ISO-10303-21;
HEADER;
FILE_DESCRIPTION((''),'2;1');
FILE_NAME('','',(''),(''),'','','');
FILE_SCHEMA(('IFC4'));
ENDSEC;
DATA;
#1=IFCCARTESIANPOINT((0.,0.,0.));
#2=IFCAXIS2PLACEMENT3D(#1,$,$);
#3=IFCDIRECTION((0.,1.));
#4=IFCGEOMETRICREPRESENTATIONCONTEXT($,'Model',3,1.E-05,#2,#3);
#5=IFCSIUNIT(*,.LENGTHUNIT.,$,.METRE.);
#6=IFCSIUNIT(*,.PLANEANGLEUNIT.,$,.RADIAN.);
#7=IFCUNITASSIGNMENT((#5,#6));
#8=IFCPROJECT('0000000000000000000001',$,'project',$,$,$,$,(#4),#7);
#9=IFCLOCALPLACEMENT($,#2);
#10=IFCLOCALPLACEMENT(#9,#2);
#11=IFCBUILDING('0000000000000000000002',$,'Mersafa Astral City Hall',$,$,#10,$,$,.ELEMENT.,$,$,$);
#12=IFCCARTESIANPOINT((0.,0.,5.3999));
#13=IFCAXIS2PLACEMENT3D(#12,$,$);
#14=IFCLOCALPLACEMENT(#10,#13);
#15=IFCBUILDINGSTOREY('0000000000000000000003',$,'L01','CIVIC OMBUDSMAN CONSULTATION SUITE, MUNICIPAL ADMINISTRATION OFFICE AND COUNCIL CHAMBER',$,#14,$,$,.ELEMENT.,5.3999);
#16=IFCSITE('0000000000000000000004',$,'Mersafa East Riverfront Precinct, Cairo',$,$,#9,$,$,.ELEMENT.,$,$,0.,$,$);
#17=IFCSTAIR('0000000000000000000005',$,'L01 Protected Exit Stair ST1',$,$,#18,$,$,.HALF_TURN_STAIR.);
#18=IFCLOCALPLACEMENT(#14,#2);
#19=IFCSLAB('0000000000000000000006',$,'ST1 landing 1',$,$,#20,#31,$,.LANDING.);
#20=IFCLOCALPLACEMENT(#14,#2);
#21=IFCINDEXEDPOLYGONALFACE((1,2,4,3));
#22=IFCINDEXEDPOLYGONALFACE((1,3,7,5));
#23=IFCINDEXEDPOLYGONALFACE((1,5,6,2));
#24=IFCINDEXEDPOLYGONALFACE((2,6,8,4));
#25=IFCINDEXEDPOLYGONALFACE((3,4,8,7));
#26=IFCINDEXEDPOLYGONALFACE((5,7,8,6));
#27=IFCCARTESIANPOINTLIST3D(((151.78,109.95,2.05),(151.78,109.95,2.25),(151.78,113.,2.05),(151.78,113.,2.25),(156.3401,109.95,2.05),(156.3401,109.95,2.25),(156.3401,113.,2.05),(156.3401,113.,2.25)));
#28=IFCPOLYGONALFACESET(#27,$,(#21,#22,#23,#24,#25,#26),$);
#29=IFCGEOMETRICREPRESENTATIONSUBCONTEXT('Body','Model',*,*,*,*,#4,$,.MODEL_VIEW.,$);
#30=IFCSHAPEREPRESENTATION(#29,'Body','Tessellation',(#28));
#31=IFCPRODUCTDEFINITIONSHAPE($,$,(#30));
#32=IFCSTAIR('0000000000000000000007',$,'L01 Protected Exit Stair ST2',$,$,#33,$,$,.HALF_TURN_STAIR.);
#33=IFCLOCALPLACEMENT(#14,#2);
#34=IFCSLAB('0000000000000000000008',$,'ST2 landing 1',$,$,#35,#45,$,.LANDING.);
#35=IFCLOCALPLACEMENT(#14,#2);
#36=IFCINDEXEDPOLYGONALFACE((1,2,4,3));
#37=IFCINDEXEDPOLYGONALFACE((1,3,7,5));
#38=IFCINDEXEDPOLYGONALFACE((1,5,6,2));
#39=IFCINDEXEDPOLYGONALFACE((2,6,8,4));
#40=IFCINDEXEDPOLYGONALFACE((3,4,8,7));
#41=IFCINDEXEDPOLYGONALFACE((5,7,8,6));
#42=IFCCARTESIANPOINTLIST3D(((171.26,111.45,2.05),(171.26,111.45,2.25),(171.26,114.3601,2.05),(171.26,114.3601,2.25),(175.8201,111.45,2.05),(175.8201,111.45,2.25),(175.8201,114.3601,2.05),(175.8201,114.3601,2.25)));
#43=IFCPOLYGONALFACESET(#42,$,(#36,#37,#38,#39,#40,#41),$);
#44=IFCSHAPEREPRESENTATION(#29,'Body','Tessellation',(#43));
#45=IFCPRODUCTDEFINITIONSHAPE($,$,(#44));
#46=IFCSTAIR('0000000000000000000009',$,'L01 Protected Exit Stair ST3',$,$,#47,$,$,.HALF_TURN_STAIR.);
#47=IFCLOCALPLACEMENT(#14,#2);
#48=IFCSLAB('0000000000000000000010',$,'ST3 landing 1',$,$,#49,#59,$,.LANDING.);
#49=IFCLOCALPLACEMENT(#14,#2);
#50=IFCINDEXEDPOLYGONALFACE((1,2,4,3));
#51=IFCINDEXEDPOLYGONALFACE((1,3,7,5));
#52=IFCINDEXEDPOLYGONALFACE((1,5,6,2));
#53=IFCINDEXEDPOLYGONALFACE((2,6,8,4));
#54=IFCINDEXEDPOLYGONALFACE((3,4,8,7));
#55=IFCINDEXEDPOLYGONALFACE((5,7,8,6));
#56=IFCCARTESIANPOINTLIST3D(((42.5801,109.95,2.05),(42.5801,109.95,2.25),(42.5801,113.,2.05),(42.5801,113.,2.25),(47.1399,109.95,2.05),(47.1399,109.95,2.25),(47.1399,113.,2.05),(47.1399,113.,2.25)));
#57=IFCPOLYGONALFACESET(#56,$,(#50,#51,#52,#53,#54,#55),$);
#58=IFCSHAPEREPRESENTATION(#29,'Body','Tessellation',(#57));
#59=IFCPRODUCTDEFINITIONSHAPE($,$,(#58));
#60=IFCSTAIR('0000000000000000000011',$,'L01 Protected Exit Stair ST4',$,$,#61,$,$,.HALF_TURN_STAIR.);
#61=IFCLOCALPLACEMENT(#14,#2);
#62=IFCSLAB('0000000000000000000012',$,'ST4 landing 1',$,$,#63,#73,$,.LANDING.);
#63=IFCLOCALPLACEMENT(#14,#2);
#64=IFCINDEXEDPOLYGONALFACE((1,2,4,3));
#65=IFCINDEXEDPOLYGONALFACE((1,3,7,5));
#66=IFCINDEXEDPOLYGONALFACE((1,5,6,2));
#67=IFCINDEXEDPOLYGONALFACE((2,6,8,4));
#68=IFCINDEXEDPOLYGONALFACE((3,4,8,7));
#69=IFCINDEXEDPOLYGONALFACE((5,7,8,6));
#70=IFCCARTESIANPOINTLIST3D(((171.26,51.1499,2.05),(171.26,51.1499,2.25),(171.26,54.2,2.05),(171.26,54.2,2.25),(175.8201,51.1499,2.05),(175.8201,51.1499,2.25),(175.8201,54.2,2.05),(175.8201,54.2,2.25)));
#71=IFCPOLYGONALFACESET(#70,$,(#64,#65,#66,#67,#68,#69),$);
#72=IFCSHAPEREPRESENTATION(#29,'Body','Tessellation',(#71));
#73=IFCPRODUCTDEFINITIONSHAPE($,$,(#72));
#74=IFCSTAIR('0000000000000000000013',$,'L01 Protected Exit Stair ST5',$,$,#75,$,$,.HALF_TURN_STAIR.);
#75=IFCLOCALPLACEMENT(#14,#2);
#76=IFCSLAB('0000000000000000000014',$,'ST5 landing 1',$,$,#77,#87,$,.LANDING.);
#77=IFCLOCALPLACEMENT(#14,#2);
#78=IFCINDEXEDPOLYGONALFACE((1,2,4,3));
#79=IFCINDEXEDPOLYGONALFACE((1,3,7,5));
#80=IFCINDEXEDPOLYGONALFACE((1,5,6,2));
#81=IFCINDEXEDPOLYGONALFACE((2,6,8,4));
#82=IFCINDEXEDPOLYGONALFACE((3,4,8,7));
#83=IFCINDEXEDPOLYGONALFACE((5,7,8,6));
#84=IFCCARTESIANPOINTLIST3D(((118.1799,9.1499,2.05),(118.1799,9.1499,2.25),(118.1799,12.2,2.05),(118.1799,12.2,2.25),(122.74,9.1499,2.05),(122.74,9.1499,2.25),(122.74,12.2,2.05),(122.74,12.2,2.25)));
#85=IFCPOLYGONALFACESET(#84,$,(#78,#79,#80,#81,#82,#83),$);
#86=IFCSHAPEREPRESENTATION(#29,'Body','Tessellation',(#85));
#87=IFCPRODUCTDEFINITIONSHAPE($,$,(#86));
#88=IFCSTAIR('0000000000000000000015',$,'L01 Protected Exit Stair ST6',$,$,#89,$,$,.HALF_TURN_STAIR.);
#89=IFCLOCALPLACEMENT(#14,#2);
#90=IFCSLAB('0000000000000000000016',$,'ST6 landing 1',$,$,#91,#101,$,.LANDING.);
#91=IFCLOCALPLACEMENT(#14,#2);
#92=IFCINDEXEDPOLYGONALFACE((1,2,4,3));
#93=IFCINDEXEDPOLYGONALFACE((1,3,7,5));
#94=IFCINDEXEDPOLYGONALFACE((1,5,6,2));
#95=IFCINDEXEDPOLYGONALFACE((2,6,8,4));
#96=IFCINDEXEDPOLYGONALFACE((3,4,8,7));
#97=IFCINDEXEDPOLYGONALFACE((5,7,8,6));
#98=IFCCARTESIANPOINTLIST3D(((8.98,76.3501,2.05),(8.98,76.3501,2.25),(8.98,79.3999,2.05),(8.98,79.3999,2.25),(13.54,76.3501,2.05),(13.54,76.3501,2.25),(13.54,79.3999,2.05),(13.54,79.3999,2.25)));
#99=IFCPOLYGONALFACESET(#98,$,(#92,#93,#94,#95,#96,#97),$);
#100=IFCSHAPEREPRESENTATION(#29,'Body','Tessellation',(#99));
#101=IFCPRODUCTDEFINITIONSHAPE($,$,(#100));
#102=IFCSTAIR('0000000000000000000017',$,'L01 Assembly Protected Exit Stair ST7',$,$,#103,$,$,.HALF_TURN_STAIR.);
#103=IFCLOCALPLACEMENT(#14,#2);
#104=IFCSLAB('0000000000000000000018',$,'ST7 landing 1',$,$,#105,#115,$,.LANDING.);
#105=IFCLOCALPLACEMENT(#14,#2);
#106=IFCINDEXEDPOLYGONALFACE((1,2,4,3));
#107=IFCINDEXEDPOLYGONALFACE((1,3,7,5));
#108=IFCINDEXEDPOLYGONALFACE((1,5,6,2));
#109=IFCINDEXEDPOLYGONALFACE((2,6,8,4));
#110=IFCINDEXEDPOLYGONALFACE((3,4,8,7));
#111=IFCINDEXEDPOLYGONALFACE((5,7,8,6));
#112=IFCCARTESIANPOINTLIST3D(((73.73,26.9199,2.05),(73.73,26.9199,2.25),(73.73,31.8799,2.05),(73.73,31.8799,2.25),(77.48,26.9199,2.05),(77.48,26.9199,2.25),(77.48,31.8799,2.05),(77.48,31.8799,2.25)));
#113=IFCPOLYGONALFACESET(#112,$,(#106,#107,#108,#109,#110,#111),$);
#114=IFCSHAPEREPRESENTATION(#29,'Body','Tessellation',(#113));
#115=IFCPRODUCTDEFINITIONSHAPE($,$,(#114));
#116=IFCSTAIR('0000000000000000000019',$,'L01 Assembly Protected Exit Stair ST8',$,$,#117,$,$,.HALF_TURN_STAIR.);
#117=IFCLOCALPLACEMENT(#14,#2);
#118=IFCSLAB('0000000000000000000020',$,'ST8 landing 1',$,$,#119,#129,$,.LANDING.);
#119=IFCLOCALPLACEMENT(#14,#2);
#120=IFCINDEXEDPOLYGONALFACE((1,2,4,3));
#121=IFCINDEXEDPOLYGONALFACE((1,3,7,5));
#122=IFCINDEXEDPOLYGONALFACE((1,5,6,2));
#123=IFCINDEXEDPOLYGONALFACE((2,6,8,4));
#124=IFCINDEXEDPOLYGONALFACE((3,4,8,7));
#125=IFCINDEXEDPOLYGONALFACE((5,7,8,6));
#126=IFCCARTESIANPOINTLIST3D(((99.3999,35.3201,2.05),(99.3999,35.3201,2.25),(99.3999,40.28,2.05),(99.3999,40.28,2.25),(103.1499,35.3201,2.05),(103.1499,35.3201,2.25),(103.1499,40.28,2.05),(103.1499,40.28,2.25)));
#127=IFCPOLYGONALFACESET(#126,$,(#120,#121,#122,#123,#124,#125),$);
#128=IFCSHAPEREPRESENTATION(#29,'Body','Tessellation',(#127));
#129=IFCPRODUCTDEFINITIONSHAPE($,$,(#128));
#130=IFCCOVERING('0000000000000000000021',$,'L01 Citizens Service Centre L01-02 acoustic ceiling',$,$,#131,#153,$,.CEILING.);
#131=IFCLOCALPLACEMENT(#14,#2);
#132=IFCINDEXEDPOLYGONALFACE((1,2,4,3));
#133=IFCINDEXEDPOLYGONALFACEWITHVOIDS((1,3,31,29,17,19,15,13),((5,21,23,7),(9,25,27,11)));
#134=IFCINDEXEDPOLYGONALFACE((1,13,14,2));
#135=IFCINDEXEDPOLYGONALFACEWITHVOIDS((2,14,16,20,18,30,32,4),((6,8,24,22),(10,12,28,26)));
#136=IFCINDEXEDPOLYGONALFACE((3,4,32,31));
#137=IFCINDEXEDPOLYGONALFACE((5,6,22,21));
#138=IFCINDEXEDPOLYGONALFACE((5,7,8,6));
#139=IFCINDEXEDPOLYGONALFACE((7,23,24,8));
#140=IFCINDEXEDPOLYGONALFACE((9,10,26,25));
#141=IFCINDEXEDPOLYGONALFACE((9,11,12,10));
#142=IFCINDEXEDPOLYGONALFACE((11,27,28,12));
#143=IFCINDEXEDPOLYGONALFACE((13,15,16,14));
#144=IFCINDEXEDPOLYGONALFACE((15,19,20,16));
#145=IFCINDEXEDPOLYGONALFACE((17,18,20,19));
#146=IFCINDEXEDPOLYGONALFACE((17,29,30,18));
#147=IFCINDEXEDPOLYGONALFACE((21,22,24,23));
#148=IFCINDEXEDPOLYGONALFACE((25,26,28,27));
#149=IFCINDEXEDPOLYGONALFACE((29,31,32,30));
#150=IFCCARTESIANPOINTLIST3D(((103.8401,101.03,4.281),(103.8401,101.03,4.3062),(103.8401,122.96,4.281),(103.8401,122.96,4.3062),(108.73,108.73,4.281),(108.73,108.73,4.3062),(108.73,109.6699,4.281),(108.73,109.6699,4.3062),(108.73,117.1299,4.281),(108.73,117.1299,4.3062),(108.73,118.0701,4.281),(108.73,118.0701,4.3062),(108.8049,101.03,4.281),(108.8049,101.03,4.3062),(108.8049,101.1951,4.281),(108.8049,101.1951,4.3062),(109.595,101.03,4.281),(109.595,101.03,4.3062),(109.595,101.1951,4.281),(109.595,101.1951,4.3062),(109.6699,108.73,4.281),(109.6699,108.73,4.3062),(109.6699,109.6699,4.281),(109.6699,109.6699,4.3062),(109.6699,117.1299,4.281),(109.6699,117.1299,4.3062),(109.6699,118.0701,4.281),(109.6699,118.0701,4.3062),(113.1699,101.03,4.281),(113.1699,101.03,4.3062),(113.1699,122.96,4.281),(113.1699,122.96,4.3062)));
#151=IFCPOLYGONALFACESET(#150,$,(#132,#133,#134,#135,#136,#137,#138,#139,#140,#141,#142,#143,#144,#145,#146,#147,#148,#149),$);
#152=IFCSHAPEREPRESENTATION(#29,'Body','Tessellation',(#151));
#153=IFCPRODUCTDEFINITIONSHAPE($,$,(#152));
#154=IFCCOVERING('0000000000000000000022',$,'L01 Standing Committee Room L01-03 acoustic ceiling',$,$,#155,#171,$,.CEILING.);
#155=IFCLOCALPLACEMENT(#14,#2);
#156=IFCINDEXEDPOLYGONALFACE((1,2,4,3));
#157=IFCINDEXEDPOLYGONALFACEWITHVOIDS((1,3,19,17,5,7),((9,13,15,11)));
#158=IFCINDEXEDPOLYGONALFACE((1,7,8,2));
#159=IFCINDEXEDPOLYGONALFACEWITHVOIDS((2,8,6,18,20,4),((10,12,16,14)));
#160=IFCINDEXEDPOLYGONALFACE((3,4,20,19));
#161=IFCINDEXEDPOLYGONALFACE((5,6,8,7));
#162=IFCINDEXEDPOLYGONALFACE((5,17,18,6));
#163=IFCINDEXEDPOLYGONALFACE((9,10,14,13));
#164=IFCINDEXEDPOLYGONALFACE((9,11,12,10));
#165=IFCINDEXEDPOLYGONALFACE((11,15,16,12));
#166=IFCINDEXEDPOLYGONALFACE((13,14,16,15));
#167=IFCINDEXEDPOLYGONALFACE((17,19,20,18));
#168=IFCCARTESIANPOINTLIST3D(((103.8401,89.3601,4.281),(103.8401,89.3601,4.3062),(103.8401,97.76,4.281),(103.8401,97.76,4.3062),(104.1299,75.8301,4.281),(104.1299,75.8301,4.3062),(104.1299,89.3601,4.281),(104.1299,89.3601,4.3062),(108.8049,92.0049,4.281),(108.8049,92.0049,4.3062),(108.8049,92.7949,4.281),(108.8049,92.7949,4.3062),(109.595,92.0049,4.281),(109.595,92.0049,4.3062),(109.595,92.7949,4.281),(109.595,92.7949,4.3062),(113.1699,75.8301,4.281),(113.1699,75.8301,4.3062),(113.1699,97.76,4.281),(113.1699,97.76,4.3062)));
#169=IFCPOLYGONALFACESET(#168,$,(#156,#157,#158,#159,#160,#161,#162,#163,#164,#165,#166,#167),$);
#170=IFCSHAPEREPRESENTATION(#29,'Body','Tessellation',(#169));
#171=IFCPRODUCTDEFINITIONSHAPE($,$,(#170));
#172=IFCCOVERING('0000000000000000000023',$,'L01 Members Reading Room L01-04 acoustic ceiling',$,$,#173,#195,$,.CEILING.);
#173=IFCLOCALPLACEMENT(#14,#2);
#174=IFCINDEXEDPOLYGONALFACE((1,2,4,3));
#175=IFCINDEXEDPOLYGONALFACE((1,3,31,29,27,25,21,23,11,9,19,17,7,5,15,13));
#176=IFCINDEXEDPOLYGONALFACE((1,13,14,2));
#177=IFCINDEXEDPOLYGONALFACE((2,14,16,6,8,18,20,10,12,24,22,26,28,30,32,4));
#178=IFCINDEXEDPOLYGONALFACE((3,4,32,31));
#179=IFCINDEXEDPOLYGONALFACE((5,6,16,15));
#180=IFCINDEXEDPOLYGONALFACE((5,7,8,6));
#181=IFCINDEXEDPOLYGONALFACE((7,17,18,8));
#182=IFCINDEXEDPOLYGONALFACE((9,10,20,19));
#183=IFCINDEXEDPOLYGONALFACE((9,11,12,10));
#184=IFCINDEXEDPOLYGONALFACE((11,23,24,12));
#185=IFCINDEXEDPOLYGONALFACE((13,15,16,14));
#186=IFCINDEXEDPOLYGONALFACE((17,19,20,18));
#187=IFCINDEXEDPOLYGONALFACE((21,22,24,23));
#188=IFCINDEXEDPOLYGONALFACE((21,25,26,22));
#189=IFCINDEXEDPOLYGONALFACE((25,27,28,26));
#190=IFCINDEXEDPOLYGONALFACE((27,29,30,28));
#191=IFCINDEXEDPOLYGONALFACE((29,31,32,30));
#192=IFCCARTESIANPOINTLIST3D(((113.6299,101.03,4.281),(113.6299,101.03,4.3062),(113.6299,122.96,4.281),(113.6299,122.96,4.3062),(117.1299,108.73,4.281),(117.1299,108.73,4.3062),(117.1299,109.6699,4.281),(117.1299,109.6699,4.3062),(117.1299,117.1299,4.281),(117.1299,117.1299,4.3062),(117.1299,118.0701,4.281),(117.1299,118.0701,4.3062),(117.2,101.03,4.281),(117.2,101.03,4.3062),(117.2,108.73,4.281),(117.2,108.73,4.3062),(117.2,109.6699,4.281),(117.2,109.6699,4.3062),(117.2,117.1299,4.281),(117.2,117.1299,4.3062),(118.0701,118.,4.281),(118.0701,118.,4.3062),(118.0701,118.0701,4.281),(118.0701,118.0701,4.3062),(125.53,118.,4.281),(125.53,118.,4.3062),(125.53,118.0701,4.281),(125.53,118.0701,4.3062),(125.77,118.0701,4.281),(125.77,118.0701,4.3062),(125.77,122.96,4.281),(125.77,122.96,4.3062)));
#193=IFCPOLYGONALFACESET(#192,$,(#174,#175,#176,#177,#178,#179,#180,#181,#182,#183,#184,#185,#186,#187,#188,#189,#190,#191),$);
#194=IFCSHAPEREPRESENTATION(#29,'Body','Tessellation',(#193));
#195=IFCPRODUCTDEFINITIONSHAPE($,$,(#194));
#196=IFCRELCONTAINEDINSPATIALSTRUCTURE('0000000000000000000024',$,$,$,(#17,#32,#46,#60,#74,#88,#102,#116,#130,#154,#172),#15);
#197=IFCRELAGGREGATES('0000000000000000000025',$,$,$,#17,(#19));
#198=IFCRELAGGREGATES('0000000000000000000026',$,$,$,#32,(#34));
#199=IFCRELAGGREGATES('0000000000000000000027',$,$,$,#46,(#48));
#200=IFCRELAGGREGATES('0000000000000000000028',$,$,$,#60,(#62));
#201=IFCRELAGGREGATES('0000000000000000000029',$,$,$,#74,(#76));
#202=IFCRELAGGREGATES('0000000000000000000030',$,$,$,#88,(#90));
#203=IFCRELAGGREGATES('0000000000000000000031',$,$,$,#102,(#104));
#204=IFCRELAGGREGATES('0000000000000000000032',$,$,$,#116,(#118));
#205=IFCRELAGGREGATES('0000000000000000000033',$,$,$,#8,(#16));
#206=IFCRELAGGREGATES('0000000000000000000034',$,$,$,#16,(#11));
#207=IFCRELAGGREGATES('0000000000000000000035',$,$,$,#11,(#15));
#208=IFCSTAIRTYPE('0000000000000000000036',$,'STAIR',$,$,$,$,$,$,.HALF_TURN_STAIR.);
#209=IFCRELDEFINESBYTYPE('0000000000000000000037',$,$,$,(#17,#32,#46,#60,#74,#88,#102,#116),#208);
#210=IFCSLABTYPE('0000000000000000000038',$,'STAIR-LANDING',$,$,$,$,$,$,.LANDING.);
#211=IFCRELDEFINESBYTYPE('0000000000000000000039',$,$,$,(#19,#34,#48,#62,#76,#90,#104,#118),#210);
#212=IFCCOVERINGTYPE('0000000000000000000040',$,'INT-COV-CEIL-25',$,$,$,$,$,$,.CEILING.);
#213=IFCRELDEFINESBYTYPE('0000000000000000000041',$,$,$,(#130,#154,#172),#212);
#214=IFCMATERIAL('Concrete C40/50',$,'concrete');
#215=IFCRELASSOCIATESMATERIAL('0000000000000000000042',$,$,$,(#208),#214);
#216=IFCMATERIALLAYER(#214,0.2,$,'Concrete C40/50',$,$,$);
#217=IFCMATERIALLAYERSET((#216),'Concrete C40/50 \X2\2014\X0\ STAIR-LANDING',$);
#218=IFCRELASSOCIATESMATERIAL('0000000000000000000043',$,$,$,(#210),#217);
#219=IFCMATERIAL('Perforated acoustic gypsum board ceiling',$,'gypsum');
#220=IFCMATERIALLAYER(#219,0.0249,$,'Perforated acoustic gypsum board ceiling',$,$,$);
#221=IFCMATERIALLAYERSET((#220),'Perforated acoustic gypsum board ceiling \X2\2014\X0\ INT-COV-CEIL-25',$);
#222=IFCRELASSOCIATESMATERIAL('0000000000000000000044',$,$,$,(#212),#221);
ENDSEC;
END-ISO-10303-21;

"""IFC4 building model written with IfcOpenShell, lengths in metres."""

from ifc_helpers import new_model, si_unit, direction, frame, origin, place, context, subcontext, project, spatial, polyline, outline, extrude, material, layer, layer_set, type_object, element, aggregate, save


model = new_model("IFC4")

# Units and contexts
model_context = context("Model", 3, precision=1e-05, world=origin(), true_north=direction((0.0, 1.0)))
body_context = subcontext(model_context, "Body", "Model", "MODEL_VIEW")
ifc_project = project(units=[si_unit("LENGTHUNIT", "METRE"), si_unit("PLANEANGLEUNIT", "RADIAN")], contexts=[model_context])

# Site, building, storey
site_placement = place(None, origin())
site = spatial("IfcSite", under=ifc_project, at=site_placement, Name="Mersafa East Riverfront Precinct, Cairo", CompositionType="ELEMENT", RefElevation=0.0)
building_placement = place(site_placement, origin())
building = spatial("IfcBuilding", under=site, at=building_placement, Name="Mersafa Astral City Hall", CompositionType="ELEMENT")
storey_placement = place(building_placement, frame((0.0, 0.0, 5.3999)))
storey = spatial("IfcBuildingStorey", under=building, at=storey_placement, Name="L01", Description="CIVIC OMBUDSMAN CONSULTATION SUITE, MUNICIPAL ADMINISTRATION OFFICE AND COUNCIL CHAMBER", CompositionType="ELEMENT", Elevation=5.3999)

# Stairs, slabs
ifc_material_1 = material(Name="Concrete C40/50", Category="concrete")
stair_type = type_object("IfcStairType", Name="STAIR", PredefinedType="HALF_TURN_STAIR", material=ifc_material_1)
stair_1_placement = place(storey_placement, origin())
stair_1 = element("IfcStair", 1, at=stair_1_placement, inside=storey, type_object=stair_type, Name="L01 Protected Exit Stair ST1", PredefinedType="HALF_TURN_STAIR")
ifc_layer_1 = layer(ifc_material_1, 0.2, Name="Concrete C40/50")
ifc_layer_set_1 = layer_set([ifc_layer_1], Name="Concrete C40/50 — STAIR-LANDING")
slab_type = type_object("IfcSlabType", Name="STAIR-LANDING", PredefinedType="LANDING", material=ifc_layer_set_1)
slab_1_placement = place(storey_placement, frame((0.0, 0.0, 2.05)))
slab_1 = element("IfcSlab", 2, at=slab_1_placement, type_object=slab_type, Name="ST1 landing 1", PredefinedType="LANDING", context=body_context, shape_type="SweptSolid", body=[
    extrude(outline(polyline([(151.78, 113.0), (151.78, 109.95), (156.3401, 109.95), (156.3401, 113.0), (151.78, 113.0)])), origin(), (0.0, 0.0, 1.0), 0.2),
])
aggregate(stair_1, [slab_1])
stair_2_placement = place(storey_placement, origin())
stair_2 = element("IfcStair", 3, at=stair_2_placement, inside=storey, type_object=stair_type, Name="L01 Protected Exit Stair ST2", PredefinedType="HALF_TURN_STAIR")
slab_2_placement = place(storey_placement, frame((0.0, 0.0, 2.05)))
slab_2 = element("IfcSlab", 4, at=slab_2_placement, type_object=slab_type, Name="ST2 landing 1", PredefinedType="LANDING", context=body_context, shape_type="SweptSolid", body=[
    extrude(outline(polyline([(171.26, 114.3601), (171.26, 111.45), (175.8201, 111.45), (175.8201, 114.3601), (171.26, 114.3601)])), origin(), (0.0, 0.0, 1.0), 0.2),
])
aggregate(stair_2, [slab_2])
stair_3_placement = place(storey_placement, origin())
stair_3 = element("IfcStair", 5, at=stair_3_placement, inside=storey, type_object=stair_type, Name="L01 Protected Exit Stair ST3", PredefinedType="HALF_TURN_STAIR")
slab_3_placement = place(storey_placement, frame((0.0, 0.0, 2.05)))
slab_3 = element("IfcSlab", 6, at=slab_3_placement, type_object=slab_type, Name="ST3 landing 1", PredefinedType="LANDING", context=body_context, shape_type="SweptSolid", body=[
    extrude(outline(polyline([(42.5801, 113.0), (42.5801, 109.95), (47.1399, 109.95), (47.1399, 113.0), (42.5801, 113.0)])), origin(), (0.0, 0.0, 1.0), 0.2),
])
aggregate(stair_3, [slab_3])
stair_4_placement = place(storey_placement, origin())
stair_4 = element("IfcStair", 7, at=stair_4_placement, inside=storey, type_object=stair_type, Name="L01 Protected Exit Stair ST4", PredefinedType="HALF_TURN_STAIR")
slab_4_placement = place(storey_placement, frame((0.0, 0.0, 2.05)))
slab_4 = element("IfcSlab", 8, at=slab_4_placement, type_object=slab_type, Name="ST4 landing 1", PredefinedType="LANDING", context=body_context, shape_type="SweptSolid", body=[
    extrude(outline(polyline([(171.26, 54.2), (171.26, 51.1499), (175.8201, 51.1499), (175.8201, 54.2), (171.26, 54.2)])), origin(), (0.0, 0.0, 1.0), 0.2),
])
aggregate(stair_4, [slab_4])
stair_5_placement = place(storey_placement, origin())
stair_5 = element("IfcStair", 9, at=stair_5_placement, inside=storey, type_object=stair_type, Name="L01 Protected Exit Stair ST5", PredefinedType="HALF_TURN_STAIR")
slab_5_placement = place(storey_placement, frame((0.0, 0.0, 2.05)))
slab_5 = element("IfcSlab", 10, at=slab_5_placement, type_object=slab_type, Name="ST5 landing 1", PredefinedType="LANDING", context=body_context, shape_type="SweptSolid", body=[
    extrude(outline(polyline([(118.1799, 12.2), (118.1799, 9.1499), (122.74, 9.1499), (122.74, 12.2), (118.1799, 12.2)])), origin(), (0.0, 0.0, 1.0), 0.2),
])
aggregate(stair_5, [slab_5])
stair_6_placement = place(storey_placement, origin())
stair_6 = element("IfcStair", 11, at=stair_6_placement, inside=storey, type_object=stair_type, Name="L01 Protected Exit Stair ST6", PredefinedType="HALF_TURN_STAIR")
slab_6_placement = place(storey_placement, frame((0.0, 0.0, 2.05)))
slab_6 = element("IfcSlab", 12, at=slab_6_placement, type_object=slab_type, Name="ST6 landing 1", PredefinedType="LANDING", context=body_context, shape_type="SweptSolid", body=[
    extrude(outline(polyline([(8.98, 79.3999), (8.98, 76.3501), (13.54, 76.3501), (13.54, 79.3999), (8.98, 79.3999)])), origin(), (0.0, 0.0, 1.0), 0.2),
])
aggregate(stair_6, [slab_6])
stair_7_placement = place(storey_placement, origin())
stair_7 = element("IfcStair", 13, at=stair_7_placement, inside=storey, type_object=stair_type, Name="L01 Assembly Protected Exit Stair ST7", PredefinedType="HALF_TURN_STAIR")
slab_7_placement = place(storey_placement, frame((0.0, 0.0, 2.05)))
slab_7 = element("IfcSlab", 14, at=slab_7_placement, type_object=slab_type, Name="ST7 landing 1", PredefinedType="LANDING", context=body_context, shape_type="SweptSolid", body=[
    extrude(outline(polyline([(73.73, 26.9199), (77.48, 26.9199), (77.48, 31.8799), (73.73, 31.8799), (73.73, 26.9199)])), origin(), (0.0, 0.0, 1.0), 0.2),
])
aggregate(stair_7, [slab_7])
stair_8_placement = place(storey_placement, origin())
stair_8 = element("IfcStair", 15, at=stair_8_placement, inside=storey, type_object=stair_type, Name="L01 Assembly Protected Exit Stair ST8", PredefinedType="HALF_TURN_STAIR")
slab_8_placement = place(storey_placement, frame((0.0, 0.0, 2.05)))
slab_8 = element("IfcSlab", 16, at=slab_8_placement, type_object=slab_type, Name="ST8 landing 1", PredefinedType="LANDING", context=body_context, shape_type="SweptSolid", body=[
    extrude(outline(polyline([(99.3999, 35.3201), (103.1499, 35.3201), (103.1499, 40.28), (99.3999, 40.28), (99.3999, 35.3201)])), origin(), (0.0, 0.0, 1.0), 0.2),
])
aggregate(stair_8, [slab_8])

# Coverings
ifc_material_2 = material(Name="Perforated acoustic gypsum board ceiling", Category="gypsum")
ifc_layer_2 = layer(ifc_material_2, 0.0249, Name="Perforated acoustic gypsum board ceiling")
ifc_layer_set_2 = layer_set([ifc_layer_2], Name="Perforated acoustic gypsum board ceiling — INT-COV-CEIL-25")
covering_type_1 = type_object("IfcCoveringType", Name="INT-COV-CEIL-25", PredefinedType="CEILING", material=ifc_layer_set_2)
covering_1_placement = place(storey_placement, frame((0.0, 0.0, 4.281)))
element("IfcCovering", 17, at=covering_1_placement, inside=storey, type_object=covering_type_1, Name="L01 Citizens Service Centre L01-02 acoustic ceiling", PredefinedType="CEILING", context=body_context, shape_type="SweptSolid", body=[
    extrude(outline(polyline([(113.1699, 101.03), (109.595, 101.03), (109.595, 101.1951), (108.8049, 101.1951), (108.8049, 101.03), (103.8401, 101.03), (103.8401, 122.96), (113.1699, 122.96), (113.1699, 101.03)]), holes=[polyline([(109.6699, 108.73), (109.6699, 109.6699), (108.73, 109.6699), (108.73, 108.73), (109.6699, 108.73)]), polyline([(108.73, 117.1299), (109.6699, 117.1299), (109.6699, 118.0701), (108.73, 118.0701), (108.73, 117.1299)])]), origin(), (0.0, 0.0, 1.0), 0.0251),
])
covering_2_placement = place(storey_placement, frame((0.0, 0.0, 4.281)))
element("IfcCovering", 18, at=covering_2_placement, inside=storey, type_object=covering_type_1, Name="L01 Standing Committee Room L01-03 acoustic ceiling", PredefinedType="CEILING", context=body_context, shape_type="SweptSolid", body=[
    extrude(outline(polyline([(103.8401, 97.76), (113.1699, 97.76), (113.1699, 75.8301), (104.1299, 75.8301), (104.1299, 89.3601), (103.8401, 89.3601), (103.8401, 97.76)]), holes=[polyline([(108.8049, 92.0049), (109.595, 92.0049), (109.595, 92.7949), (108.8049, 92.7949), (108.8049, 92.0049)])]), origin(), (0.0, 0.0, 1.0), 0.0251),
])
covering_3_placement = place(storey_placement, frame((0.0, 0.0, 4.281)))
element("IfcCovering", 19, at=covering_3_placement, inside=storey, type_object=covering_type_1, Name="L01 Members Reading Room L01-04 acoustic ceiling", PredefinedType="CEILING", context=body_context, shape_type="SweptSolid", body=[
    extrude(outline(polyline([(113.6299, 122.96), (125.77, 122.96), (125.77, 118.0701), (125.53, 118.0701), (125.53, 118.0), (118.0701, 118.0), (118.0701, 118.0701), (117.1299, 118.0701), (117.1299, 117.1299), (117.2, 117.1299), (117.2, 109.6699), (117.1299, 109.6699), (117.1299, 108.73), (117.2, 108.73), (117.2, 101.03), (113.6299, 101.03), (113.6299, 122.96)])), origin(), (0.0, 0.0, 1.0), 0.0251),
])

save(model, "model.ifc")
